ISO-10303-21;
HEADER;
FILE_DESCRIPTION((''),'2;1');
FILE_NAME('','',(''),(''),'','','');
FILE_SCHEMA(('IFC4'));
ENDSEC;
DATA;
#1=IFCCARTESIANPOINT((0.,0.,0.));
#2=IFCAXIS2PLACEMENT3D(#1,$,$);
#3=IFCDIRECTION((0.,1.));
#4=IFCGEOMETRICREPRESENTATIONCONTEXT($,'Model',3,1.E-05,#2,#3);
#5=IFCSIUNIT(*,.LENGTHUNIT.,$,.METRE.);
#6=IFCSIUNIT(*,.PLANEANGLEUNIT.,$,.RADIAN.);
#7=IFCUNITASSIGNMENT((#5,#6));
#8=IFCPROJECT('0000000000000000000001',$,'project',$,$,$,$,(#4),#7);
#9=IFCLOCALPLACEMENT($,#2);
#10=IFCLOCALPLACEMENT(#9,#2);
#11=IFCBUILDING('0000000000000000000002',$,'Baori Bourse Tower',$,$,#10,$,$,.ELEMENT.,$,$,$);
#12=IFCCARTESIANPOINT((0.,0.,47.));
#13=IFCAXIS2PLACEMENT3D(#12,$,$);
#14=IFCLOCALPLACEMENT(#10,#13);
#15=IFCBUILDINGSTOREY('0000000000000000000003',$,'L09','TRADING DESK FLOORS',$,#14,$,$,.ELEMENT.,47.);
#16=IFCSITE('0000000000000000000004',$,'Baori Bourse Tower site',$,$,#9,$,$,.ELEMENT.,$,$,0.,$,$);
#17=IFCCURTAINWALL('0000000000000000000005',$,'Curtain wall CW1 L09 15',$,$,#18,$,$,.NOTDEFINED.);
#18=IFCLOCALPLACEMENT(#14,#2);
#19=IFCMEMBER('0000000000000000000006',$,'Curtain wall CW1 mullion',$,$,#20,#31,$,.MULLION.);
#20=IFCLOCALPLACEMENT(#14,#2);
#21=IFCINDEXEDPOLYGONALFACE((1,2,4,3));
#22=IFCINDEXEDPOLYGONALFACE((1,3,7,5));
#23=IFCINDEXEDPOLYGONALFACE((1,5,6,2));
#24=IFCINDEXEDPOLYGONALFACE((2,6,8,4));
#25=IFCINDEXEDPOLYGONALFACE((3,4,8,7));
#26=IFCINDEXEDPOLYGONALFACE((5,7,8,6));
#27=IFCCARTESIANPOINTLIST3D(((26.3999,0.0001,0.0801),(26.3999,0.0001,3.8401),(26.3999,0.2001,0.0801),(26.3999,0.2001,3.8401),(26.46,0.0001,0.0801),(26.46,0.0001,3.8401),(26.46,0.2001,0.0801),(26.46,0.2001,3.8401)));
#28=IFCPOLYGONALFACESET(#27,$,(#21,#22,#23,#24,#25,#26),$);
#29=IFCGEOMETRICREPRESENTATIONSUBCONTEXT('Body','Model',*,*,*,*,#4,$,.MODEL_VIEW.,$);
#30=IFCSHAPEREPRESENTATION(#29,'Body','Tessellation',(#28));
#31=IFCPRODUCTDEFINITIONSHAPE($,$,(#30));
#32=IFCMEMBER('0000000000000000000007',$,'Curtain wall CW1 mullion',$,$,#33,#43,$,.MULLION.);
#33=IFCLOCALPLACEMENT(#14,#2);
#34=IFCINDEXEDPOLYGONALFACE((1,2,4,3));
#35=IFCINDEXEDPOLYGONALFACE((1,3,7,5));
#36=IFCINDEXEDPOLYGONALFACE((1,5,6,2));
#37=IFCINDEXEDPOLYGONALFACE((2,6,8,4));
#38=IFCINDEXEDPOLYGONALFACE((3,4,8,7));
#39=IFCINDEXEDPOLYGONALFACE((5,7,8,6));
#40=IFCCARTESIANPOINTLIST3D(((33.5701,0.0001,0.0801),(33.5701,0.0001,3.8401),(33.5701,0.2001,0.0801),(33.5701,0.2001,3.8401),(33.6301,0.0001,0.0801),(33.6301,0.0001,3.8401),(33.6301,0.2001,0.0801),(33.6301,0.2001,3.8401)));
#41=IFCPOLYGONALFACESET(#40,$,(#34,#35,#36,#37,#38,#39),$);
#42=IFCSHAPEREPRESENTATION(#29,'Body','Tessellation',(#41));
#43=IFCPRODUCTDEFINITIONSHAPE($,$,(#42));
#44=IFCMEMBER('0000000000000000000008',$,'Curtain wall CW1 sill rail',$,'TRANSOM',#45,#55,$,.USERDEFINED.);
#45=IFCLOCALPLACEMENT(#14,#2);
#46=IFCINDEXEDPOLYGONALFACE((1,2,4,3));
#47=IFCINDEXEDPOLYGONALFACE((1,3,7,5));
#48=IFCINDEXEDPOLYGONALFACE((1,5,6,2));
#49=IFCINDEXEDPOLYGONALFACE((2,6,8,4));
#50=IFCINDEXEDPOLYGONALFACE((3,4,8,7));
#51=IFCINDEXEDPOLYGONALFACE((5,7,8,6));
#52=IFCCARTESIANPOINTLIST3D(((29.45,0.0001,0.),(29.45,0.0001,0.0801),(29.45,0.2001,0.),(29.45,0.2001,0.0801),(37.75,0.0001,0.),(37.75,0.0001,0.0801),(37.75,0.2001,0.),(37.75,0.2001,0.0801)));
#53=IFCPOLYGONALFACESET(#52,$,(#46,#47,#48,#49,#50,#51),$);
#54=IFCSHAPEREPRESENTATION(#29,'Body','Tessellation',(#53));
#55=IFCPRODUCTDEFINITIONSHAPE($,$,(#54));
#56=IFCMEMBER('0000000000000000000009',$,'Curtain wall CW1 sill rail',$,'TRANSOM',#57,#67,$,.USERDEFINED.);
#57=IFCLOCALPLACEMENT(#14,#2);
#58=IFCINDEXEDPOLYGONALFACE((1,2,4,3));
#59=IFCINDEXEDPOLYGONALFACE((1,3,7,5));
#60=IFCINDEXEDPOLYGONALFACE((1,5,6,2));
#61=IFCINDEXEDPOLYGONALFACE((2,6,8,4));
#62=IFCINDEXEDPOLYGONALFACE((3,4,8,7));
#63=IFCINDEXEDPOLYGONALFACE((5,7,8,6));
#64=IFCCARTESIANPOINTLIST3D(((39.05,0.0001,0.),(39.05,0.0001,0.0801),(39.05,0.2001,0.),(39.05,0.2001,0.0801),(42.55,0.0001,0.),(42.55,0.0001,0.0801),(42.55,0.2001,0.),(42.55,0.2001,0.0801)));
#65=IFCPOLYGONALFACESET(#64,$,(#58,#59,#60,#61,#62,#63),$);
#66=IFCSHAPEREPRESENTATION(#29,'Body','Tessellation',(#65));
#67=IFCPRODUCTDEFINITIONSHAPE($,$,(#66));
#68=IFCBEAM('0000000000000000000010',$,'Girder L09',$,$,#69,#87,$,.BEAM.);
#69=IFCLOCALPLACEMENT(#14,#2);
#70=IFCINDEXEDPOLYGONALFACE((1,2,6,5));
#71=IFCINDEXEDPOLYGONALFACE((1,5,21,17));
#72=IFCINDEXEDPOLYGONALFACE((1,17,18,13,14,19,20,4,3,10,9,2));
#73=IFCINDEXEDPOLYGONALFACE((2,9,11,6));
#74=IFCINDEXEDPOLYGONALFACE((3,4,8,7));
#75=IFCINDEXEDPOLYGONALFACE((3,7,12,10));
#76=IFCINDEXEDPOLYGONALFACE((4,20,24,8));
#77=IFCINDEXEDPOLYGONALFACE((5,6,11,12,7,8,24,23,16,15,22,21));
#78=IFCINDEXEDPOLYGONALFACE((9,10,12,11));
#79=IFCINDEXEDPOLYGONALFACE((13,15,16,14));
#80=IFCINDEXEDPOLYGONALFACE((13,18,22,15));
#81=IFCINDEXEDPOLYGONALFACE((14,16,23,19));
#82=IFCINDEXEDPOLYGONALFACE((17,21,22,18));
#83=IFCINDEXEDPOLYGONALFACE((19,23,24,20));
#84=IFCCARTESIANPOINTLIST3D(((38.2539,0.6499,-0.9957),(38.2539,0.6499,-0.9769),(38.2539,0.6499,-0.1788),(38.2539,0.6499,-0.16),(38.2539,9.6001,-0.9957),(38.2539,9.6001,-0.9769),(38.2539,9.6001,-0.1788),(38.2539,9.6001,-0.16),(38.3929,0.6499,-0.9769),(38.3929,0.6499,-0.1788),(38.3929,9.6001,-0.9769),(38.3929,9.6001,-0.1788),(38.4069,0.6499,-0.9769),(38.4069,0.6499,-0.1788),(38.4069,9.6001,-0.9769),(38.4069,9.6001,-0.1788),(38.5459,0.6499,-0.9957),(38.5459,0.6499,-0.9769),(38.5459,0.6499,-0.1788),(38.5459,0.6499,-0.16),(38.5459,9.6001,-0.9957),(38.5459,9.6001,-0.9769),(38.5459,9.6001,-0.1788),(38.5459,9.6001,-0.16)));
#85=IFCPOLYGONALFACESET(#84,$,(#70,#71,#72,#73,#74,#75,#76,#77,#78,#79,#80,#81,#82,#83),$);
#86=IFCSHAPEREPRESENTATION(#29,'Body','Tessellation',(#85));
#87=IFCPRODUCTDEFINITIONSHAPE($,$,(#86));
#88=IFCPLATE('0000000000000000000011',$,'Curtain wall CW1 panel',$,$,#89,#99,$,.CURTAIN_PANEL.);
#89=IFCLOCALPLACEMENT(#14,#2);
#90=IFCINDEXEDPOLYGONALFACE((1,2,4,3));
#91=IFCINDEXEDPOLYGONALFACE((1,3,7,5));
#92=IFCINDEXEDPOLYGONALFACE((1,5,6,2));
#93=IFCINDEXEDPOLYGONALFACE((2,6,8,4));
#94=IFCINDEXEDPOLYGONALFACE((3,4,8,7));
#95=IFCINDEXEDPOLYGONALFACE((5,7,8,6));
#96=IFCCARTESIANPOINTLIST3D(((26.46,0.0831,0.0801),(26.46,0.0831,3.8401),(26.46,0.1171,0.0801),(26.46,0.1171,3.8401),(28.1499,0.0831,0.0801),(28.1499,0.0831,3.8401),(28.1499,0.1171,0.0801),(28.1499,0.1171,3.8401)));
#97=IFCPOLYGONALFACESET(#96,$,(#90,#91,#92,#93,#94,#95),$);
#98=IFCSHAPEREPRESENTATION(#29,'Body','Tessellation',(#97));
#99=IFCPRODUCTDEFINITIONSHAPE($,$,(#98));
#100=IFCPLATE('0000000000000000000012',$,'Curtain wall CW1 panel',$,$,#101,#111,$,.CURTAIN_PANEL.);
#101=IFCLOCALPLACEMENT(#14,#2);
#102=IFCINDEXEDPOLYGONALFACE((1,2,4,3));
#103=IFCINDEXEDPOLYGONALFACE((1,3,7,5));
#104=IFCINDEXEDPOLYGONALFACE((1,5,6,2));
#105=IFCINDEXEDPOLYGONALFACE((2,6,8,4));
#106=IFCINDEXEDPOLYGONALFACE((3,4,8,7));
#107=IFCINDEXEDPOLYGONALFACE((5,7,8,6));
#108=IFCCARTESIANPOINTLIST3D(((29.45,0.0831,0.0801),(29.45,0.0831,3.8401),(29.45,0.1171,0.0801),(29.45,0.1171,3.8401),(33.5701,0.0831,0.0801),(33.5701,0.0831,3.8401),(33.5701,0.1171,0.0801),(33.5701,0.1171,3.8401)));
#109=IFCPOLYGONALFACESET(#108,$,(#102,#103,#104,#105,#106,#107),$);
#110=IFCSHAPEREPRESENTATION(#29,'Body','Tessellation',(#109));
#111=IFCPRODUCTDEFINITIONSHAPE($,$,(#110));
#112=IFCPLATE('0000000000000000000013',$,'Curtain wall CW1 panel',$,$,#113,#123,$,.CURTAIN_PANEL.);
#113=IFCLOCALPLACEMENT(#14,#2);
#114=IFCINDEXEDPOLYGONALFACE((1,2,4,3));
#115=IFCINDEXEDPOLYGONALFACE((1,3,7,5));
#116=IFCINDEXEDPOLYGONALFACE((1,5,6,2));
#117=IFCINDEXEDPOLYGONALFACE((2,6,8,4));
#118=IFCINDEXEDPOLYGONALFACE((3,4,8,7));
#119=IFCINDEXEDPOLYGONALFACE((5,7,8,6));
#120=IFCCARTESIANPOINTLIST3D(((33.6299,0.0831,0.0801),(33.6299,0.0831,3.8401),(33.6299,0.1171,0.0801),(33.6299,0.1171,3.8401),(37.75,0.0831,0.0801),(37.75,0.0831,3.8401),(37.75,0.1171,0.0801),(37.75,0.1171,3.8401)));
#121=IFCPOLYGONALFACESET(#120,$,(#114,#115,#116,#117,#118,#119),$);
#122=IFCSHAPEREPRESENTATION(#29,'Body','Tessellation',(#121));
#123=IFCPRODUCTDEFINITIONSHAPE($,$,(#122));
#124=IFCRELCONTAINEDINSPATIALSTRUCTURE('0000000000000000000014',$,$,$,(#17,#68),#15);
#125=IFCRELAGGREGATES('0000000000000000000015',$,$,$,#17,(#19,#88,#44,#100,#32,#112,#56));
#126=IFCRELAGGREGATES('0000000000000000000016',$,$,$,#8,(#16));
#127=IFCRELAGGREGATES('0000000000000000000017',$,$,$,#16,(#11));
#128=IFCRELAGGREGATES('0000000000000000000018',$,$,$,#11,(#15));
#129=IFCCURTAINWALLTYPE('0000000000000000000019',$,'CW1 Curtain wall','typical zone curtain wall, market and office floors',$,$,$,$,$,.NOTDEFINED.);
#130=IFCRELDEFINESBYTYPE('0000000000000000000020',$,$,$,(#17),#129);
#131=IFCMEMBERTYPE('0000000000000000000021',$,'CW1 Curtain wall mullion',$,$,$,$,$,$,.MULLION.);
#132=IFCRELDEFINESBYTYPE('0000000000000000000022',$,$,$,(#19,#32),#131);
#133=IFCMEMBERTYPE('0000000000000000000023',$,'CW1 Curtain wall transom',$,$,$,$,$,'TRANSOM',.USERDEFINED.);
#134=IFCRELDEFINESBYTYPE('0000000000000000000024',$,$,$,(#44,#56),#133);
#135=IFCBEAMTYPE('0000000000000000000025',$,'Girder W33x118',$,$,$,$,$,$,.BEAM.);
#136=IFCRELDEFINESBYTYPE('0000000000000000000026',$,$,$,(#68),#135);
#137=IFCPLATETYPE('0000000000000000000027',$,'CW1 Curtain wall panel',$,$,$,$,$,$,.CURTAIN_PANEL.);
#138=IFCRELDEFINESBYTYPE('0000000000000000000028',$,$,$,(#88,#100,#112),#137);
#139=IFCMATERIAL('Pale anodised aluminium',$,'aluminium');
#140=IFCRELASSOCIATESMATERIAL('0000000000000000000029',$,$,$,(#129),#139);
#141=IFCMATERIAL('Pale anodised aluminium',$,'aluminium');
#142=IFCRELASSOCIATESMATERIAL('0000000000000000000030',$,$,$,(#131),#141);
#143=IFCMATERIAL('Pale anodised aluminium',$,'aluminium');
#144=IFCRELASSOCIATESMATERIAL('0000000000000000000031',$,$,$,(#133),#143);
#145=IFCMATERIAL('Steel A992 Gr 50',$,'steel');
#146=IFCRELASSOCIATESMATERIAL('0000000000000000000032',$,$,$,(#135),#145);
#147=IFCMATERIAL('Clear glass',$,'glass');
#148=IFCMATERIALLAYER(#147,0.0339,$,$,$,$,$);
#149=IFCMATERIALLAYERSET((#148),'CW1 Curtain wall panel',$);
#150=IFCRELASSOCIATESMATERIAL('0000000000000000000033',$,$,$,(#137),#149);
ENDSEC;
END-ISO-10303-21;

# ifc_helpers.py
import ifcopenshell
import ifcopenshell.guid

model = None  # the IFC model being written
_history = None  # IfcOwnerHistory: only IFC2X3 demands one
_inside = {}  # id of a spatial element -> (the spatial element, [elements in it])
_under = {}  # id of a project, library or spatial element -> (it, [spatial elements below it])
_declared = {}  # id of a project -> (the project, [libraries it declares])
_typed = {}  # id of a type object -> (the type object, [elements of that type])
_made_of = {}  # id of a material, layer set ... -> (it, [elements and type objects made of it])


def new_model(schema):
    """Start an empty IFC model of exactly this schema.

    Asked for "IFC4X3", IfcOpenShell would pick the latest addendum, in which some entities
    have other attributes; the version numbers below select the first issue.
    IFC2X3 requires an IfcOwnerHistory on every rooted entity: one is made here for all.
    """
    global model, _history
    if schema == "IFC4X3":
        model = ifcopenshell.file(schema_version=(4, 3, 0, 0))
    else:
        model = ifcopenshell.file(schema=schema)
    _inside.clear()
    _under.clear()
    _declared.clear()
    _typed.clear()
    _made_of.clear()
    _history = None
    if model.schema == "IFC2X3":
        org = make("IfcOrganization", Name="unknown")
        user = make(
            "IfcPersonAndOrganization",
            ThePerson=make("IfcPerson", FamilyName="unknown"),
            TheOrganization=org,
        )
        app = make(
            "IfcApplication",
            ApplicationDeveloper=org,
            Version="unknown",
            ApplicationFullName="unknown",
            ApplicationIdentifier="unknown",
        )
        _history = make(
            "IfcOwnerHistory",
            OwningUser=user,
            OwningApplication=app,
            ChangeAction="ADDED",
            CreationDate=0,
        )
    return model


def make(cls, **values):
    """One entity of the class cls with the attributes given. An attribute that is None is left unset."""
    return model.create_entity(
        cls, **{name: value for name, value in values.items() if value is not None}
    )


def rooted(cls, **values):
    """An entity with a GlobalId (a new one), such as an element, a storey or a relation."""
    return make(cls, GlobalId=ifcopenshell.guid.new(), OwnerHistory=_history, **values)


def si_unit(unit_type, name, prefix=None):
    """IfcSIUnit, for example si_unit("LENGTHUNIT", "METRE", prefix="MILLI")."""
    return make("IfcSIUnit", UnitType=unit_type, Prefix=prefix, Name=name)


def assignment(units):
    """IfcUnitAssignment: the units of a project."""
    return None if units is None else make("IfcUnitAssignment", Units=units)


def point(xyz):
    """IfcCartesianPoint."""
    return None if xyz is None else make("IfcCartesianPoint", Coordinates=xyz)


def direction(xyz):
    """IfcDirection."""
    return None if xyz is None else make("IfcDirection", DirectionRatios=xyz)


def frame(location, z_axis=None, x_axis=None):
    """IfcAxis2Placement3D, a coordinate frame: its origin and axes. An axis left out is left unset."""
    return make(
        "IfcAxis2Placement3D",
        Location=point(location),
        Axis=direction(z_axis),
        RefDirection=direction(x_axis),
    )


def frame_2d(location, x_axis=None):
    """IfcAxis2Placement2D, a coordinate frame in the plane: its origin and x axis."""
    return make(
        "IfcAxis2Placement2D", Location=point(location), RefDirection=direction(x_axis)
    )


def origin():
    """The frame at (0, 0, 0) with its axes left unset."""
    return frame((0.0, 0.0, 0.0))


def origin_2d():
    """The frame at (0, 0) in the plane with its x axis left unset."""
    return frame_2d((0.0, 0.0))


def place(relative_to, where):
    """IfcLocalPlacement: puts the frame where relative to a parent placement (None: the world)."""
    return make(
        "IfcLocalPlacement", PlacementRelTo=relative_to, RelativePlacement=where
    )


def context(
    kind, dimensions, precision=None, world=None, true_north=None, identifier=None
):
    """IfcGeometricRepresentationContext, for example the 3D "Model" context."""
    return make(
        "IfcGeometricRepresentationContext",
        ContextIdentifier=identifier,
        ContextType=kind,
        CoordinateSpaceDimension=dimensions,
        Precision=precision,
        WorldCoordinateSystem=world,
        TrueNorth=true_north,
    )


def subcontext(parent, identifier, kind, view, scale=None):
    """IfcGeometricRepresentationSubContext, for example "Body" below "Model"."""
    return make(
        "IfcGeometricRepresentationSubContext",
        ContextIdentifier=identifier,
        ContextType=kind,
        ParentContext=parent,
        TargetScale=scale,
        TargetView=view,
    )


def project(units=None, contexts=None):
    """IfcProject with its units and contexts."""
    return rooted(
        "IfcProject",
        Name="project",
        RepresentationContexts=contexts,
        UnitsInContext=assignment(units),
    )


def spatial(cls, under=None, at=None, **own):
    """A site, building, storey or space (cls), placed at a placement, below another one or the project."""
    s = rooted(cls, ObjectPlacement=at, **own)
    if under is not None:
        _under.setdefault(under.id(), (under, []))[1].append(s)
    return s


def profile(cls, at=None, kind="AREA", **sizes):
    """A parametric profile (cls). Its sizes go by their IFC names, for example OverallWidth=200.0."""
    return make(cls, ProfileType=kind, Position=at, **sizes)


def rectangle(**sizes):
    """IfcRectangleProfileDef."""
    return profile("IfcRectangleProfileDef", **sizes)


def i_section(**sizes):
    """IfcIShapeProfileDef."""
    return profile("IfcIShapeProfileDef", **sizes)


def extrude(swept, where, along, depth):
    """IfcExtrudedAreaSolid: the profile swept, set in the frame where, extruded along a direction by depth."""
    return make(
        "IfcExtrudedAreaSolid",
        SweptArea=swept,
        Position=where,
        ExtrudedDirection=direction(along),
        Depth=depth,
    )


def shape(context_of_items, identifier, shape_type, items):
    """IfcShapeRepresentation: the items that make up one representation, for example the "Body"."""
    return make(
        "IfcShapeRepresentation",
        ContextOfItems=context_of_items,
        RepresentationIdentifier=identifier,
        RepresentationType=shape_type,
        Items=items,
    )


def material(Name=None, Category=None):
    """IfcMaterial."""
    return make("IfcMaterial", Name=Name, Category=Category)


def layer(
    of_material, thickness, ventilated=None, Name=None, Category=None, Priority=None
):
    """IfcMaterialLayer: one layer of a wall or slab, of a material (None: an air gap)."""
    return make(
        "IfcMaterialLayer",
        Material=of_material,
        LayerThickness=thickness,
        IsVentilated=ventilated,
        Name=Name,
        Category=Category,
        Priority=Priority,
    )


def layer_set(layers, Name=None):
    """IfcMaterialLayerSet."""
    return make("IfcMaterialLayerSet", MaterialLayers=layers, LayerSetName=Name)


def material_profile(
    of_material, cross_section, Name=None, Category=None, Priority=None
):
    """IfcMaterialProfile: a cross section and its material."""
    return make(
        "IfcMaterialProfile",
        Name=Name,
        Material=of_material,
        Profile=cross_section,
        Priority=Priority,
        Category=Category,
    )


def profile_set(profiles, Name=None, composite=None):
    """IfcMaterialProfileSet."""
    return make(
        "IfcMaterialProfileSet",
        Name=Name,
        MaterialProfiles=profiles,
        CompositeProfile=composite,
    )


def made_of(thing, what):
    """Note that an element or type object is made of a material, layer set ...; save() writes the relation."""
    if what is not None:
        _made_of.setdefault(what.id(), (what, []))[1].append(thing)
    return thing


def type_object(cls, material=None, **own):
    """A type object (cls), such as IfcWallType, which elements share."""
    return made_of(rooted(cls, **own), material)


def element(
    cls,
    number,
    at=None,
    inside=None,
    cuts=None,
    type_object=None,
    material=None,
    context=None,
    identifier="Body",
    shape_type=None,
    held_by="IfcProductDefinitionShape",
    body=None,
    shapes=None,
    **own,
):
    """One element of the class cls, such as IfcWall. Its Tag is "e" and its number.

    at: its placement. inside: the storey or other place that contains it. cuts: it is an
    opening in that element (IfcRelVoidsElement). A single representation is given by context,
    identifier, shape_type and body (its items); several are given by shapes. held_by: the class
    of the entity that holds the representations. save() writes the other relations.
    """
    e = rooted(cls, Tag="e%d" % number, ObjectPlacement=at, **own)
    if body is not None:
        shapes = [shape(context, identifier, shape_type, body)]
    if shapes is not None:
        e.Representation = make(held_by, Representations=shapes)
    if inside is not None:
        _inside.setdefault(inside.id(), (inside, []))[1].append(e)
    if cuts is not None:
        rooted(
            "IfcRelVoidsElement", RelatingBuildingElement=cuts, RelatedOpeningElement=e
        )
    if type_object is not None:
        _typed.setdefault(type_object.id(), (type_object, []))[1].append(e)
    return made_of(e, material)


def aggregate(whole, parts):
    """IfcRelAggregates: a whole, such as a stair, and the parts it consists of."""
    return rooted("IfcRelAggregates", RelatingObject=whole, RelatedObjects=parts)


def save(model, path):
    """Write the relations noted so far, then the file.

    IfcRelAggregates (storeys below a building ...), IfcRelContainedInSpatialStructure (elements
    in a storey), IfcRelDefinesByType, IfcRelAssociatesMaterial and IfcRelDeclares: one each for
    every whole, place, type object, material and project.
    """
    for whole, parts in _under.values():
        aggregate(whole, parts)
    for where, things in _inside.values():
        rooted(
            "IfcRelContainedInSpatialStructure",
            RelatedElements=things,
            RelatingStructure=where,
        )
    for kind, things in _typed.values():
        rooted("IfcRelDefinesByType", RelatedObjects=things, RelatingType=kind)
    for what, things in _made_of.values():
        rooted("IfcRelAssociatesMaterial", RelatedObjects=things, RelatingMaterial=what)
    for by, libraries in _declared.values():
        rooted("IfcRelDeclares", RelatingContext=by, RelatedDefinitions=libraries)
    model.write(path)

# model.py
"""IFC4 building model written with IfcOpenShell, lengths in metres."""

from ifc_helpers import new_model, si_unit, direction, frame, origin, origin_2d, place, context, subcontext, project, spatial, rectangle, i_section, extrude, material, layer, layer_set, material_profile, profile_set, type_object, element, aggregate, save


model = new_model("IFC4")

# Units and contexts
model_context = context("Model", 3, precision=1e-05, world=origin(), true_north=direction((0.0, 1.0)))
body_context = subcontext(model_context, "Body", "Model", "MODEL_VIEW")
ifc_project = project(units=[si_unit("LENGTHUNIT", "METRE"), si_unit("PLANEANGLEUNIT", "RADIAN")], contexts=[model_context])

# Site, building, storey
site_placement = place(None, origin())
site = spatial("IfcSite", under=ifc_project, at=site_placement, Name="Baori Bourse Tower site", CompositionType="ELEMENT", RefElevation=0.0)
building_placement = place(site_placement, origin())
building = spatial("IfcBuilding", under=site, at=building_placement, Name="Baori Bourse Tower", CompositionType="ELEMENT")
storey_placement = place(building_placement, frame((0.0, 0.0, 47.0)))
storey = spatial("IfcBuildingStorey", under=building, at=storey_placement, Name="L09", Description="TRADING DESK FLOORS", CompositionType="ELEMENT", Elevation=47.0)

# Curtain wall, members
ifc_material_1 = material(Name="Pale anodised aluminium", Category="aluminium")
curtain_wall_type = type_object("IfcCurtainWallType", Name="CW1 Curtain wall", Description="typical zone curtain wall, market and office floors", PredefinedType="NOTDEFINED", material=ifc_material_1)
curtain_wall_placement = place(storey_placement, origin())
curtain_wall = element("IfcCurtainWall", 1, at=curtain_wall_placement, inside=storey, type_object=curtain_wall_type, Name="Curtain wall CW1 L09 15", PredefinedType="NOTDEFINED")
ifc_material_2 = material(Name="Pale anodised aluminium", Category="aluminium")
ifc_material_profile_1 = material_profile(ifc_material_2, rectangle(XDim=0.2, YDim=0.0601, at=origin_2d()), Name="Mullion 60x200")
ifc_profile_set_1 = profile_set([ifc_material_profile_1], Name="Pale anodised aluminium")
member_type_1 = type_object("IfcMemberType", Name="CW1 Curtain wall mullion", PredefinedType="MULLION", material=ifc_profile_set_1)
member_1_placement = place(storey_placement, frame((26.4299, 0.1001, 0.0801), z_axis=(0.0, 0.0, 1.0), x_axis=(0.0, 1.0, 0.0)))
member_1 = element("IfcMember", 2, at=member_1_placement, type_object=member_type_1, Name="Curtain wall CW1 mullion", PredefinedType="MULLION", context=body_context, shape_type="SweptSolid", body=[
    extrude(rectangle(XDim=0.2, YDim=0.0601, at=origin_2d()), origin(), (0.0, 0.0, 1.0), 3.76),
])
member_2_placement = place(storey_placement, frame((33.6001, 0.1001, 0.0801), z_axis=(0.0, 0.0, 1.0), x_axis=(0.0, 1.0, 0.0)))
member_2 = element("IfcMember", 3, at=member_2_placement, type_object=member_type_1, Name="Curtain wall CW1 mullion", PredefinedType="MULLION", context=body_context, shape_type="SweptSolid", body=[
    extrude(rectangle(XDim=0.2, YDim=0.0601, at=origin_2d()), origin(), (0.0, 0.0, 1.0), 3.76),
])
ifc_material_3 = material(Name="Pale anodised aluminium", Category="aluminium")
ifc_material_profile_2 = material_profile(ifc_material_3, rectangle(XDim=0.2, YDim=0.0801, at=origin_2d()), Name="Transom 80x200")
ifc_profile_set_2 = profile_set([ifc_material_profile_2], Name="Pale anodised aluminium")
member_type_2 = type_object("IfcMemberType", Name="CW1 Curtain wall transom", ElementType="TRANSOM", PredefinedType="USERDEFINED", material=ifc_profile_set_2)
member_3_placement = place(storey_placement, frame((29.45, 0.1001, 0.04), z_axis=(1.0, 0.0, 0.0), x_axis=(0.0, 1.0, 0.0)))
member_3 = element("IfcMember", 4, at=member_3_placement, type_object=member_type_2, Name="Curtain wall CW1 sill rail", ObjectType="TRANSOM", PredefinedType="USERDEFINED", context=body_context, shape_type="SweptSolid", body=[
    extrude(rectangle(XDim=0.2, YDim=0.0801, at=origin_2d()), origin(), (0.0, 0.0, 1.0), 8.3),
])
member_4_placement = place(storey_placement, frame((39.05, 0.1001, 0.04), z_axis=(1.0, 0.0, 0.0), x_axis=(0.0, 1.0, 0.0)))
member_4 = element("IfcMember", 5, at=member_4_placement, type_object=member_type_2, Name="Curtain wall CW1 sill rail", ObjectType="TRANSOM", PredefinedType="USERDEFINED", context=body_context, shape_type="SweptSolid", body=[
    extrude(rectangle(XDim=0.2, YDim=0.0801, at=origin_2d()), origin(), (0.0, 0.0, 1.0), 3.5),
])

# Beam
ifc_material_4 = material(Name="Steel A992 Gr 50", Category="steel")
ifc_material_profile_3 = material_profile(ifc_material_4, i_section(OverallWidth=0.292, OverallDepth=0.8357, WebThickness=0.0139, FlangeThickness=0.0188, at=origin_2d()), Name="W33x118")
ifc_profile_set_3 = profile_set([ifc_material_profile_3], Name="Steel A992 Gr 50")
beam_type = type_object("IfcBeamType", Name="Girder W33x118", PredefinedType="BEAM", material=ifc_profile_set_3)
beam_placement = place(storey_placement, frame((38.3999, 0.6499, -0.5779), z_axis=(0.0, 1.0, 0.0), x_axis=(-1.0, 0.0, 0.0)))
element("IfcBeam", 6, at=beam_placement, inside=storey, type_object=beam_type, Name="Girder L09", PredefinedType="BEAM", context=body_context, shape_type="SweptSolid", body=[
    extrude(i_section(OverallWidth=0.292, OverallDepth=0.8357, WebThickness=0.0139, FlangeThickness=0.0188, at=origin_2d()), origin(), (0.0, 0.0, 1.0), 8.9502),
])

# Plates
ifc_material_5 = material(Name="Clear glass", Category="glass")
ifc_layer_1 = layer(ifc_material_5, 0.0339)
ifc_layer_set_1 = layer_set([ifc_layer_1], Name="CW1 Curtain wall panel")
plate_type = type_object("IfcPlateType", Name="CW1 Curtain wall panel", PredefinedType="CURTAIN_PANEL", material=ifc_layer_set_1)
plate_1_placement = place(storey_placement, frame((27.3049, 0.1001, 0.0801), z_axis=(0.0, 0.0, 1.0), x_axis=(1.0, 0.0, 0.0)))
plate_1 = element("IfcPlate", 7, at=plate_1_placement, type_object=plate_type, Name="Curtain wall CW1 panel", PredefinedType="CURTAIN_PANEL", context=body_context, shape_type="SweptSolid", body=[
    extrude(rectangle(XDim=1.6899, YDim=0.0339, at=origin_2d()), origin(), (0.0, 0.0, 1.0), 3.76),
])
plate_2_placement = place(storey_placement, frame((31.51, 0.1001, 0.0801), z_axis=(0.0, 0.0, 1.0), x_axis=(1.0, 0.0, 0.0)))
plate_2 = element("IfcPlate", 8, at=plate_2_placement, type_object=plate_type, Name="Curtain wall CW1 panel", PredefinedType="CURTAIN_PANEL", context=body_context, shape_type="SweptSolid", body=[
    extrude(rectangle(XDim=4.1201, YDim=0.0339, at=origin_2d()), origin(), (0.0, 0.0, 1.0), 3.76),
])
plate_3_placement = place(storey_placement, frame((35.6899, 0.1001, 0.0801), z_axis=(0.0, 0.0, 1.0), x_axis=(1.0, 0.0, 0.0)))
plate_3 = element("IfcPlate", 9, at=plate_3_placement, type_object=plate_type, Name="Curtain wall CW1 panel", PredefinedType="CURTAIN_PANEL", context=body_context, shape_type="SweptSolid", body=[
    extrude(rectangle(XDim=4.1201, YDim=0.0339, at=origin_2d()), origin(), (0.0, 0.0, 1.0), 3.76),
])
aggregate(curtain_wall, [member_1, plate_1, member_3, plate_2, member_2, plate_3, member_4])

save(model, "model.ifc")
